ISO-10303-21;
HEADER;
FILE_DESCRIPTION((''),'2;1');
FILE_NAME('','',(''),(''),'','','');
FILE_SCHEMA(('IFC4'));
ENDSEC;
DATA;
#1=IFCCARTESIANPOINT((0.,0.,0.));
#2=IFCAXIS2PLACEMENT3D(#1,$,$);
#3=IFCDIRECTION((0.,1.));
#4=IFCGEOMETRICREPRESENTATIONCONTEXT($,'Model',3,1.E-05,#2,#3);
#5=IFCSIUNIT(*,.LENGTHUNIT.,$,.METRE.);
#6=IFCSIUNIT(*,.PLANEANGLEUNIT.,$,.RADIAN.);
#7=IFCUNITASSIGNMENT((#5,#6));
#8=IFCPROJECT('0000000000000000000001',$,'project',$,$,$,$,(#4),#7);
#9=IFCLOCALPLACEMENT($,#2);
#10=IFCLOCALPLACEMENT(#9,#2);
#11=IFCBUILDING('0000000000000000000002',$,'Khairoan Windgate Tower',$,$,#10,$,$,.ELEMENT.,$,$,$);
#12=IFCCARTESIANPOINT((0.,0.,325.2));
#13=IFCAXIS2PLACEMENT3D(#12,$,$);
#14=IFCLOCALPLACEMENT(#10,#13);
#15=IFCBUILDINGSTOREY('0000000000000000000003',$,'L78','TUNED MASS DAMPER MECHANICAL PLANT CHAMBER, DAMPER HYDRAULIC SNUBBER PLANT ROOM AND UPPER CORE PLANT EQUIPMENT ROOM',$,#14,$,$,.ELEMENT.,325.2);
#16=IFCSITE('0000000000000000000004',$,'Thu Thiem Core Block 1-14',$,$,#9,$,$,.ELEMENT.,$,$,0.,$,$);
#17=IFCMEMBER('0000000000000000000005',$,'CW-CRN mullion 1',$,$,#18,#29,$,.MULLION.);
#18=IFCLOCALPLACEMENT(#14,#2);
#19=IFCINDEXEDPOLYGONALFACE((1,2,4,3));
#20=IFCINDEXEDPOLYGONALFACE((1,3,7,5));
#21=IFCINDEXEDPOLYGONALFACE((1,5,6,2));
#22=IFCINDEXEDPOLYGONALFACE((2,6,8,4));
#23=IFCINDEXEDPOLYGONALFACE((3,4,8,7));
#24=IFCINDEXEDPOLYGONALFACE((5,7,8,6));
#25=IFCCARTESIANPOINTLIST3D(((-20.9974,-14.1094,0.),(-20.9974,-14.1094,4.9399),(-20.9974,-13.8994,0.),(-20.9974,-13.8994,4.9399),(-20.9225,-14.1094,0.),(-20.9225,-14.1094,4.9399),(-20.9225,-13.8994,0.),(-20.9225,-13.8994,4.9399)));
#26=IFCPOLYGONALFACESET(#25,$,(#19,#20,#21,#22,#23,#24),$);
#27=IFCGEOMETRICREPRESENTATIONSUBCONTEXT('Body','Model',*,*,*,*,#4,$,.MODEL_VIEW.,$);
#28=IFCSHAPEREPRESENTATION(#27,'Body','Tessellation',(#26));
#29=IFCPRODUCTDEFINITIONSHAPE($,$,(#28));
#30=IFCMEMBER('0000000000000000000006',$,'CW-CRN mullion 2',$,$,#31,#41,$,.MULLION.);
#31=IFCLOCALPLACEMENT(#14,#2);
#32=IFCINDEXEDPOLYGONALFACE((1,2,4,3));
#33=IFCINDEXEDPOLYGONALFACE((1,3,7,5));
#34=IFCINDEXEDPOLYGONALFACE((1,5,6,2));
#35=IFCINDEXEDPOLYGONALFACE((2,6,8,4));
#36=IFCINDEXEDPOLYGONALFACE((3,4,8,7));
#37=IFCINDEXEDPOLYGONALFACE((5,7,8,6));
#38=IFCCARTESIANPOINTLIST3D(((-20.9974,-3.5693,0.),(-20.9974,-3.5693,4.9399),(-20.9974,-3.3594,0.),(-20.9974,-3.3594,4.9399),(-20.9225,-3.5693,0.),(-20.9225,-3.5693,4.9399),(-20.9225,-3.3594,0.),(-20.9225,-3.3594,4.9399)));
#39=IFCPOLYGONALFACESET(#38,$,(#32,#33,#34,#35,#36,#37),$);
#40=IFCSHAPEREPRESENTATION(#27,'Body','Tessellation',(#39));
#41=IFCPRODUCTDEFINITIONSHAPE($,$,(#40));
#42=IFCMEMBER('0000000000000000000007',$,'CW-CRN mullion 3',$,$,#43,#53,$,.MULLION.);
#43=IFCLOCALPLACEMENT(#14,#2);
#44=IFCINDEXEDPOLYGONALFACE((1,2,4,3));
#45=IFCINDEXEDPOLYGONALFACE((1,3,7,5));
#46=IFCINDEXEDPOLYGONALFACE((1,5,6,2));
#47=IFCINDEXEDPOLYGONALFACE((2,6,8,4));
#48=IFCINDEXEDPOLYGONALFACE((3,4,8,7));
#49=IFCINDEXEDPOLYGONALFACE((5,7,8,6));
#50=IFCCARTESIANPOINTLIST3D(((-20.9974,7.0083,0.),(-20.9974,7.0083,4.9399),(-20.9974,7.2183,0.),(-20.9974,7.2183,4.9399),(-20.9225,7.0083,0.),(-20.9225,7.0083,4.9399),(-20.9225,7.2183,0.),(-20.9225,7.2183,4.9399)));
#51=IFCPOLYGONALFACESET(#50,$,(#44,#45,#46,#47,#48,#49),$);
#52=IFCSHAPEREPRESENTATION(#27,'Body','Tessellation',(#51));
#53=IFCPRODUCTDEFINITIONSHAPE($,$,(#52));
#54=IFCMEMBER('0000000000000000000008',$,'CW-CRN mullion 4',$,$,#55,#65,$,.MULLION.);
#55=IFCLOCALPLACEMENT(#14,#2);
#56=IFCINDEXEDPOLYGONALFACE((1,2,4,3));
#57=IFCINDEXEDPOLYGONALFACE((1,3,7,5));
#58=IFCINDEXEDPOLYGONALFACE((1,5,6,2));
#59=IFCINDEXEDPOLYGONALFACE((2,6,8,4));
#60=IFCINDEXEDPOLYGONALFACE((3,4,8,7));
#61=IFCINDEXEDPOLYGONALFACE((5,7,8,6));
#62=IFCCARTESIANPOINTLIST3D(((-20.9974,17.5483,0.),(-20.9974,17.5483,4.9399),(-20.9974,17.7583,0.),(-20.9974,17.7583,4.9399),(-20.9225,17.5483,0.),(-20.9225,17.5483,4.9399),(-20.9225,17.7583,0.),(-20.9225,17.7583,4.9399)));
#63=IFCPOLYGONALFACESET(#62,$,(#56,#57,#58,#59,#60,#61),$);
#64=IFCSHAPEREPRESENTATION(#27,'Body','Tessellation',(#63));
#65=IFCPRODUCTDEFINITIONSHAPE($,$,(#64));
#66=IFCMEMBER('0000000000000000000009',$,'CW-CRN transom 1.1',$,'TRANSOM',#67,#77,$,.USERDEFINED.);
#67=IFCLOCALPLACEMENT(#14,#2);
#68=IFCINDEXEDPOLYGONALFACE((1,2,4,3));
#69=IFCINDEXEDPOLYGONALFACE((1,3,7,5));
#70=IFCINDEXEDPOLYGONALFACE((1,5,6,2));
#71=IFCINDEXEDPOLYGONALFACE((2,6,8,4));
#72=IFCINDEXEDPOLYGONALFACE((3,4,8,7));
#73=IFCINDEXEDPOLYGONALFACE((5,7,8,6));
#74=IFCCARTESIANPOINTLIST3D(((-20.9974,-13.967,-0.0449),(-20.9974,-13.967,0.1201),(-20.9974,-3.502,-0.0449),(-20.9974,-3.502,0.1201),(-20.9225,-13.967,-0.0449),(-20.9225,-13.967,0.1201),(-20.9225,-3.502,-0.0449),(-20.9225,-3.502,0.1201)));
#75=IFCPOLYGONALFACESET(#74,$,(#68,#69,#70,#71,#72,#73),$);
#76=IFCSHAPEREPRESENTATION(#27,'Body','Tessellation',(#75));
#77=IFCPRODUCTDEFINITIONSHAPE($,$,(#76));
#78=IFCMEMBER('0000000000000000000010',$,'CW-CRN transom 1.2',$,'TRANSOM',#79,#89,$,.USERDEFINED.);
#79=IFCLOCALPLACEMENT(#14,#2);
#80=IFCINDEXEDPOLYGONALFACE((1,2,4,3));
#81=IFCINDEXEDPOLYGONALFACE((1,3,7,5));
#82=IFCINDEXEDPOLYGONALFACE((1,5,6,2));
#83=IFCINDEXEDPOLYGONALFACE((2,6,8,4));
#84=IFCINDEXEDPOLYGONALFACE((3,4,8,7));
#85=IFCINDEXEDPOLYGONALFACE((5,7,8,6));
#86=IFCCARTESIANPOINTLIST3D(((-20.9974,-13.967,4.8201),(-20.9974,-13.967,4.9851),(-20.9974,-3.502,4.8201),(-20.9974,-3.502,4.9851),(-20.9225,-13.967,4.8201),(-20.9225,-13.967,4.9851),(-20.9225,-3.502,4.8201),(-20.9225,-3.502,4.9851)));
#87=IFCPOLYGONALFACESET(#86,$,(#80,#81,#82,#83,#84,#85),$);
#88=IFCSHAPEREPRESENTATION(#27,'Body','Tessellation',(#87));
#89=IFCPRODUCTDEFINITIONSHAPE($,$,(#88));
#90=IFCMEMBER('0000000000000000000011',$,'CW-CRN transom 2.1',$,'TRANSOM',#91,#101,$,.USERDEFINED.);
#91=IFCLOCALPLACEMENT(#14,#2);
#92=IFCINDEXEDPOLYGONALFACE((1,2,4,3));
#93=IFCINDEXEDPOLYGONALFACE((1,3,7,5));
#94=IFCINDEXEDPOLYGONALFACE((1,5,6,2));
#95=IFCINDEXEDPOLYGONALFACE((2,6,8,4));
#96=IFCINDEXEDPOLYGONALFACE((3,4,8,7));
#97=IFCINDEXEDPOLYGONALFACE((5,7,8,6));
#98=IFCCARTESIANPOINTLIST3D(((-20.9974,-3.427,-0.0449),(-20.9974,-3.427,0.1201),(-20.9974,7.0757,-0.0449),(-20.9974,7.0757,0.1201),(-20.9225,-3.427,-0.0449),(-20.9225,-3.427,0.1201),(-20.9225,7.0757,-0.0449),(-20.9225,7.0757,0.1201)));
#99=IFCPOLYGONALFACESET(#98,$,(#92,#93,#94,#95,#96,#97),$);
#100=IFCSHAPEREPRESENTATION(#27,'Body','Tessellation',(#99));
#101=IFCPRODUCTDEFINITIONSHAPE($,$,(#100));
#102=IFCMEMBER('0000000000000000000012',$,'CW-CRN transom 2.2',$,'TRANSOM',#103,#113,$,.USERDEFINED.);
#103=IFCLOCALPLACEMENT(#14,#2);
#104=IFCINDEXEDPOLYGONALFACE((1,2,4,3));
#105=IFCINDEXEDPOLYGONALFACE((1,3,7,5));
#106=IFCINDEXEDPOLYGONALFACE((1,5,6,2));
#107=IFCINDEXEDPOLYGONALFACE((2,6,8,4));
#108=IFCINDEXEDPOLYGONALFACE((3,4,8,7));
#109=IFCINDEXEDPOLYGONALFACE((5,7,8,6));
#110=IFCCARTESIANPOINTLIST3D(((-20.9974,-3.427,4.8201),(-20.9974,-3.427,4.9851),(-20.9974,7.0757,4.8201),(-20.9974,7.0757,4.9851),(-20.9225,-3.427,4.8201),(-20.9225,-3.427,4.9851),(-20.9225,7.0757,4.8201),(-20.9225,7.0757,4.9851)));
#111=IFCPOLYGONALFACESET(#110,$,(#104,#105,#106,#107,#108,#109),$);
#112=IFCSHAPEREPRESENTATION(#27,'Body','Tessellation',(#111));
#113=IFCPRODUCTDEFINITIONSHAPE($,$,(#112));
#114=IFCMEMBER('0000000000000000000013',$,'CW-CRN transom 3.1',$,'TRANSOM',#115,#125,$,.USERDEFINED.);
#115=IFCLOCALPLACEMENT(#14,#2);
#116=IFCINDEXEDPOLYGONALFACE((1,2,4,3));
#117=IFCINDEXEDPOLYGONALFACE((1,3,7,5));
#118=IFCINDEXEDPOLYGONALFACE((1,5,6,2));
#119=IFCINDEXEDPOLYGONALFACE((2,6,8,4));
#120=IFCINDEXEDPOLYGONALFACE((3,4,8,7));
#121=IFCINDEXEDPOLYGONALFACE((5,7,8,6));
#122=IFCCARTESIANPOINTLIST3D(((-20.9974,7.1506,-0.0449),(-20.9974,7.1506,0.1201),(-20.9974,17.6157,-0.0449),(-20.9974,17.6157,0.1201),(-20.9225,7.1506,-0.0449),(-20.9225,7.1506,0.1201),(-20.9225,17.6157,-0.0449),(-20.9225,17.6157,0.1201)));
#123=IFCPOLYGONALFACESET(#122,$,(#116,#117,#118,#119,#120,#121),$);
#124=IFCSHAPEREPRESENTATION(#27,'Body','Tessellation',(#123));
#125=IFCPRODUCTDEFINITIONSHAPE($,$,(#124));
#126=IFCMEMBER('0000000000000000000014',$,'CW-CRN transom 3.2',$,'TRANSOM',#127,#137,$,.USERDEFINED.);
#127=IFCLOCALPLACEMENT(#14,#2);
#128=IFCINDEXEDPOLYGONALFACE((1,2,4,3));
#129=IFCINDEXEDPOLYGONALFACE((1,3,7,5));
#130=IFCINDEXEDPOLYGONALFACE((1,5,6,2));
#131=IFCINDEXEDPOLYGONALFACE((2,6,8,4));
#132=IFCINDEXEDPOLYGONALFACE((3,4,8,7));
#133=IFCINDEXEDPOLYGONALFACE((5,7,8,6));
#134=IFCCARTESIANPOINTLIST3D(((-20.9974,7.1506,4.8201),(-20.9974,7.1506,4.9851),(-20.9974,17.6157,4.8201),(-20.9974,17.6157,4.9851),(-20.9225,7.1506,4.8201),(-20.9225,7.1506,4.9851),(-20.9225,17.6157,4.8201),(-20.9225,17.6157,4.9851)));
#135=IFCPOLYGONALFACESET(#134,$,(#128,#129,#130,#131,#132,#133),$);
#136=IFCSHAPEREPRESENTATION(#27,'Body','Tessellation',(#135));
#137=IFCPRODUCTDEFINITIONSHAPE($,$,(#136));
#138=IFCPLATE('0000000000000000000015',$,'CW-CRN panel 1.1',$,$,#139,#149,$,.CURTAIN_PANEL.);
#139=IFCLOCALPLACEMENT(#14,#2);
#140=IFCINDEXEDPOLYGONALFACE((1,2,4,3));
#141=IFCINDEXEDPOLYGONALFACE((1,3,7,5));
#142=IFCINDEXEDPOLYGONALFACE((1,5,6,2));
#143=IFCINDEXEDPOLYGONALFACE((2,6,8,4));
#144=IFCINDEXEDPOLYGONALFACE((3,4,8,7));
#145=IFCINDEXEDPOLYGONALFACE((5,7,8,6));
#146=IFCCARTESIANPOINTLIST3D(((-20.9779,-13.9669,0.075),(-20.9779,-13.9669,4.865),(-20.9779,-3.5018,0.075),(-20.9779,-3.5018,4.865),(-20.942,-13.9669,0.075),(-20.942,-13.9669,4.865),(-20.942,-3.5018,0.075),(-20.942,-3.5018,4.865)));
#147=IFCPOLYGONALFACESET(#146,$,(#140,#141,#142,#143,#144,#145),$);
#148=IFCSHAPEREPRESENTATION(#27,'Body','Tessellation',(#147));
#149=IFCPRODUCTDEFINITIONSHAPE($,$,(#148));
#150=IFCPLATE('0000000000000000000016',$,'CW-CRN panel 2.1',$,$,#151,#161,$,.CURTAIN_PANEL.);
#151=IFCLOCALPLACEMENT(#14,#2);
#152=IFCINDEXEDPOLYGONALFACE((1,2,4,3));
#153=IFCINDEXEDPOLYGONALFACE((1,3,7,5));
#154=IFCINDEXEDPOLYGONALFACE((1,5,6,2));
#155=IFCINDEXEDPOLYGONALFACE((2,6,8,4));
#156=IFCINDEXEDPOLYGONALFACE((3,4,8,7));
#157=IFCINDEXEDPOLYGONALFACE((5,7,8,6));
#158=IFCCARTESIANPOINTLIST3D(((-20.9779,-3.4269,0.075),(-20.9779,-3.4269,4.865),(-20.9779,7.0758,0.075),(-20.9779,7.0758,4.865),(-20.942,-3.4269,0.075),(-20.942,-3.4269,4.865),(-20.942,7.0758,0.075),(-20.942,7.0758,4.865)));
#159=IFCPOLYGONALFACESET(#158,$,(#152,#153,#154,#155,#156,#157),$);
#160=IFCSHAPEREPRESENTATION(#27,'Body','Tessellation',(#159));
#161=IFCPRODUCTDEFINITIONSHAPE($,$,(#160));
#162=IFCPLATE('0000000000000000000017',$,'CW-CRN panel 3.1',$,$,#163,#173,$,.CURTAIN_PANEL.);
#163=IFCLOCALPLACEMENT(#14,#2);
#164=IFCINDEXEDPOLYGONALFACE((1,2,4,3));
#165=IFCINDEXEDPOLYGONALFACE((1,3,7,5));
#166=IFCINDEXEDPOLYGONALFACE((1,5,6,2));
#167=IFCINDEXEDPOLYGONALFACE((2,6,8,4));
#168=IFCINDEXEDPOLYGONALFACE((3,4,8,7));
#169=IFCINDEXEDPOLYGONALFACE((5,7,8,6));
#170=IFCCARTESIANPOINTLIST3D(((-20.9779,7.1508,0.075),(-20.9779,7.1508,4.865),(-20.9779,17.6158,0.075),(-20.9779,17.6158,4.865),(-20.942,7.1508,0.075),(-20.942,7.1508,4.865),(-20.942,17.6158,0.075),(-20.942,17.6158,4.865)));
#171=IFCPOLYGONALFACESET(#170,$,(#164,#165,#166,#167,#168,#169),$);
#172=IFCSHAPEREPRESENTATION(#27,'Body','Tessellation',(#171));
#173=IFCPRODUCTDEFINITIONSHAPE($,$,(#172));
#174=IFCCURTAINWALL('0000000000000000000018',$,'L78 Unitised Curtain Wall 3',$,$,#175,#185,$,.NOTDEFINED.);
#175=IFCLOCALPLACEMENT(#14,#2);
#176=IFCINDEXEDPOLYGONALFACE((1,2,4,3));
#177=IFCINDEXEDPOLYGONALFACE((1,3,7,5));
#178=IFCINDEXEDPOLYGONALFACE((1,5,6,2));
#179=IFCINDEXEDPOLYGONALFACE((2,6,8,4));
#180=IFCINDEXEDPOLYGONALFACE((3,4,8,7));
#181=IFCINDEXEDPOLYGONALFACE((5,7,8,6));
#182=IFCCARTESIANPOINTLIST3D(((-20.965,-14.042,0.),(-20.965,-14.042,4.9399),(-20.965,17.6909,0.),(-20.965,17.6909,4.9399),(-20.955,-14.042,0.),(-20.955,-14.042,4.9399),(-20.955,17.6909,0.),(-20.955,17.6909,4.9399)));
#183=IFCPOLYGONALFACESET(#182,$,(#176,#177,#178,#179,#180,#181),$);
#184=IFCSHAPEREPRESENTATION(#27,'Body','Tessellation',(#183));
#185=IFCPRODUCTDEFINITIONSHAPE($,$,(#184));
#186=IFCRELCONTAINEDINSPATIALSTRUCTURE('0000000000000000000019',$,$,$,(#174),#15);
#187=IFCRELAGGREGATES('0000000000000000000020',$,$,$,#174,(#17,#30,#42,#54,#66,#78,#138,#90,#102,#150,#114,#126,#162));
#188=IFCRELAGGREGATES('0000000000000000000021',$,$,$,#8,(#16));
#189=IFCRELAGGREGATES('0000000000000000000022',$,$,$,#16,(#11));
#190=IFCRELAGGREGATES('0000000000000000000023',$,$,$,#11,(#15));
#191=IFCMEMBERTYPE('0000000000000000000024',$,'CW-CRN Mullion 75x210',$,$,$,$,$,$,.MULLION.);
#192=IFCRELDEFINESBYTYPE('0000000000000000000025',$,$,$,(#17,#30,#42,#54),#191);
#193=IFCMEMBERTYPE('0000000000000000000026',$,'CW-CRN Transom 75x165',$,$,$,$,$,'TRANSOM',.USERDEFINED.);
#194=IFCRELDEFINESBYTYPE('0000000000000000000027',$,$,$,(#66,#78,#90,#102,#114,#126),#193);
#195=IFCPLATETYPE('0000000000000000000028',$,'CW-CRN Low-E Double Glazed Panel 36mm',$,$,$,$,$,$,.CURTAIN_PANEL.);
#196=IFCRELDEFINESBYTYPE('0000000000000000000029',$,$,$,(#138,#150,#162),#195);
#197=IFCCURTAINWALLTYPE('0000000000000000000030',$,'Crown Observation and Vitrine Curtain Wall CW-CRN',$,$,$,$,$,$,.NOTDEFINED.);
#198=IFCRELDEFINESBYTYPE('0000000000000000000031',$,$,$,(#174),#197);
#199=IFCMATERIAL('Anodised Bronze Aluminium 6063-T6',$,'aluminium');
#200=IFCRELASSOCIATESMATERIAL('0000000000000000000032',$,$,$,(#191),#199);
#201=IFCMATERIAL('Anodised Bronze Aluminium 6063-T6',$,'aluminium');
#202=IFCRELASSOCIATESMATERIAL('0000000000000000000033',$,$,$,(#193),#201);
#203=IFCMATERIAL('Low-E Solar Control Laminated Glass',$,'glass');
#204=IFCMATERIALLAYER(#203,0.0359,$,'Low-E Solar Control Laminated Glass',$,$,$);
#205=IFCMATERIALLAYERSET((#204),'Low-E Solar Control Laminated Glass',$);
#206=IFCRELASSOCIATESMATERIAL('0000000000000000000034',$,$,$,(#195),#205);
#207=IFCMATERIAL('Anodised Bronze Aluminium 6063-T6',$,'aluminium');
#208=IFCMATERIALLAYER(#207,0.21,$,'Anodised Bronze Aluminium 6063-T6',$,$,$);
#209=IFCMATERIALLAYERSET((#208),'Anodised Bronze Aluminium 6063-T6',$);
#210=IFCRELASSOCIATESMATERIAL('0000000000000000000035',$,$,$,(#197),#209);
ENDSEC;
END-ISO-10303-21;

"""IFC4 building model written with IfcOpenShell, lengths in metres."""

from ifc_helpers import new_model, si_unit, direction, frame, frame_2d, origin, origin_2d, place, context, subcontext, project, spatial, rectangle, extrude, material, layer, layer_set, material_profile, profile_set, type_object, element, aggregate, save


model = new_model("IFC4")

# Units and contexts
model_context = context("Model", 3, precision=1e-05, world=origin(), true_north=direction((0.0, 1.0)))
body_context = subcontext(model_context, "Body", "Model", "MODEL_VIEW")
ifc_project = project(units=[si_unit("LENGTHUNIT", "METRE"), si_unit("PLANEANGLEUNIT", "RADIAN")], contexts=[model_context])

# Site, building, storey
site_placement = place(None, origin())
site = spatial("IfcSite", under=ifc_project, at=site_placement, Name="Thu Thiem Core Block 1-14", CompositionType="ELEMENT", RefElevation=0.0)
building_placement = place(site_placement, origin())
building = spatial("IfcBuilding", under=site, at=building_placement, Name="Khairoan Windgate Tower", CompositionType="ELEMENT")
storey_placement = place(building_placement, frame((0.0, 0.0, 325.2)))
storey = spatial("IfcBuildingStorey", under=building, at=storey_placement, Name="L78", Description="TUNED MASS DAMPER MECHANICAL PLANT CHAMBER, DAMPER HYDRAULIC SNUBBER PLANT ROOM AND UPPER CORE PLANT EQUIPMENT ROOM", CompositionType="ELEMENT", Elevation=325.2)

# Members
ifc_material_1 = material(Name="Anodised Bronze Aluminium 6063-T6", Category="aluminium")
ifc_material_profile_1 = material_profile(ifc_material_1, rectangle(XDim=0.075, YDim=0.21, at=origin_2d()))
ifc_profile_set_1 = profile_set([ifc_material_profile_1], Name="Anodised Bronze Aluminium 6063-T6")
member_type_1 = type_object("IfcMemberType", Name="CW-CRN Mullion 75x210", PredefinedType="MULLION", material=ifc_profile_set_1)
member_1_placement = place(storey_placement, frame((-20.96, -14.0044, 0.0), z_axis=(0.0, 0.0, 1.0), x_axis=(-1.0, 0.0, 0.0)))
member_1 = element("IfcMember", 1, at=member_1_placement, type_object=member_type_1, Name="CW-CRN mullion 1", PredefinedType="MULLION", context=body_context, shape_type="SweptSolid", body=[
    extrude(rectangle(XDim=0.075, YDim=0.21, at=origin_2d()), origin(), (0.0, 0.0, 1.0), 4.9399),
])
member_2_placement = place(storey_placement, frame((-20.96, -3.4644, 0.0), z_axis=(0.0, 0.0, 1.0), x_axis=(-1.0, 0.0, 0.0)))
member_2 = element("IfcMember", 2, at=member_2_placement, type_object=member_type_1, Name="CW-CRN mullion 2", PredefinedType="MULLION", context=body_context, shape_type="SweptSolid", body=[
    extrude(rectangle(XDim=0.075, YDim=0.21, at=origin_2d()), origin(), (0.0, 0.0, 1.0), 4.9399),
])
member_3_placement = place(storey_placement, frame((-20.96, 7.1133, 0.0), z_axis=(0.0, 0.0, 1.0), x_axis=(-1.0, 0.0, 0.0)))
member_3 = element("IfcMember", 3, at=member_3_placement, type_object=member_type_1, Name="CW-CRN mullion 3", PredefinedType="MULLION", context=body_context, shape_type="SweptSolid", body=[
    extrude(rectangle(XDim=0.075, YDim=0.21, at=origin_2d()), origin(), (0.0, 0.0, 1.0), 4.9399),
])
member_4_placement = place(storey_placement, frame((-20.96, 17.6533, 0.0), z_axis=(0.0, 0.0, 1.0), x_axis=(-1.0, 0.0, 0.0)))
member_4 = element("IfcMember", 4, at=member_4_placement, type_object=member_type_1, Name="CW-CRN mullion 4", PredefinedType="MULLION", context=body_context, shape_type="SweptSolid", body=[
    extrude(rectangle(XDim=0.075, YDim=0.21, at=origin_2d()), origin(), (0.0, 0.0, 1.0), 4.9399),
])
ifc_material_2 = material(Name="Anodised Bronze Aluminium 6063-T6", Category="aluminium")
ifc_material_profile_2 = material_profile(ifc_material_2, rectangle(XDim=0.075, YDim=0.165, at=origin_2d()))
ifc_profile_set_2 = profile_set([ifc_material_profile_2], Name="Anodised Bronze Aluminium 6063-T6")
member_type_2 = type_object("IfcMemberType", Name="CW-CRN Transom 75x165", ElementType="TRANSOM", PredefinedType="USERDEFINED", material=ifc_profile_set_2)
member_5_placement = place(storey_placement, frame((-20.96, -13.967, 0.0376), z_axis=(0.0, 1.0, 0.0), x_axis=(-1.0, 0.0, 0.0)))
member_5 = element("IfcMember", 5, at=member_5_placement, type_object=member_type_2, Name="CW-CRN transom 1.1", ObjectType="TRANSOM", PredefinedType="USERDEFINED", context=body_context, shape_type="SweptSolid", body=[
    extrude(rectangle(XDim=0.075, YDim=0.165, at=origin_2d()), origin(), (0.0, 0.0, 1.0), 10.4651),
])
member_6_placement = place(storey_placement, frame((-20.96, -13.967, 4.9026), z_axis=(0.0, 1.0, 0.0), x_axis=(-1.0, 0.0, 0.0)))
member_6 = element("IfcMember", 6, at=member_6_placement, type_object=member_type_2, Name="CW-CRN transom 1.2", ObjectType="TRANSOM", PredefinedType="USERDEFINED", context=body_context, shape_type="SweptSolid", body=[
    extrude(rectangle(XDim=0.075, YDim=0.165, at=origin_2d()), origin(), (0.0, 0.0, 1.0), 10.4651),
])
member_7_placement = place(storey_placement, frame((-20.96, -3.427, 0.0376), z_axis=(0.0, 1.0, 0.0), x_axis=(-1.0, 0.0, 0.0)))
member_7 = element("IfcMember", 7, at=member_7_placement, type_object=member_type_2, Name="CW-CRN transom 2.1", ObjectType="TRANSOM", PredefinedType="USERDEFINED", context=body_context, shape_type="SweptSolid", body=[
    extrude(rectangle(XDim=0.075, YDim=0.165, at=origin_2d()), origin(), (0.0, 0.0, 1.0), 10.5027),
])
member_8_placement = place(storey_placement, frame((-20.96, -3.427, 4.9026), z_axis=(0.0, 1.0, 0.0), x_axis=(-1.0, 0.0, 0.0)))
member_8 = element("IfcMember", 8, at=member_8_placement, type_object=member_type_2, Name="CW-CRN transom 2.2", ObjectType="TRANSOM", PredefinedType="USERDEFINED", context=body_context, shape_type="SweptSolid", body=[
    extrude(rectangle(XDim=0.075, YDim=0.165, at=origin_2d()), origin(), (0.0, 0.0, 1.0), 10.5027),
])
member_9_placement = place(storey_placement, frame((-20.96, 7.1506, 0.0376), z_axis=(0.0, 1.0, 0.0), x_axis=(-1.0, 0.0, 0.0)))
member_9 = element("IfcMember", 9, at=member_9_placement, type_object=member_type_2, Name="CW-CRN transom 3.1", ObjectType="TRANSOM", PredefinedType="USERDEFINED", context=body_context, shape_type="SweptSolid", body=[
    extrude(rectangle(XDim=0.075, YDim=0.165, at=origin_2d()), origin(), (0.0, 0.0, 1.0), 10.4651),
])
member_10_placement = place(storey_placement, frame((-20.96, 7.1506, 4.9026), z_axis=(0.0, 1.0, 0.0), x_axis=(-1.0, 0.0, 0.0)))
member_10 = element("IfcMember", 10, at=member_10_placement, type_object=member_type_2, Name="CW-CRN transom 3.2", ObjectType="TRANSOM", PredefinedType="USERDEFINED", context=body_context, shape_type="SweptSolid", body=[
    extrude(rectangle(XDim=0.075, YDim=0.165, at=origin_2d()), origin(), (0.0, 0.0, 1.0), 10.4651),
])

# Plates
ifc_material_3 = material(Name="Low-E Solar Control Laminated Glass", Category="glass")
ifc_layer_1 = layer(ifc_material_3, 0.0359, Name="Low-E Solar Control Laminated Glass")
ifc_layer_set_1 = layer_set([ifc_layer_1], Name="Low-E Solar Control Laminated Glass")
plate_type_1 = type_object("IfcPlateType", Name="CW-CRN Low-E Double Glazed Panel 36mm", PredefinedType="CURTAIN_PANEL", material=ifc_layer_set_1)
plate_1_placement = place(storey_placement, frame((-20.96, -8.7344, 0.075), z_axis=(0.0, 0.0, 1.0), x_axis=(0.0, 1.0, 0.0)))
plate_1 = element("IfcPlate", 11, at=plate_1_placement, type_object=plate_type_1, Name="CW-CRN panel 1.1", PredefinedType="CURTAIN_PANEL", context=body_context, shape_type="SweptSolid", body=[
    extrude(rectangle(XDim=10.4651, YDim=0.0359, at=origin_2d()), origin(), (0.0, 0.0, 1.0), 4.79),
])
plate_2_placement = place(storey_placement, frame((-20.96, 1.8245, 0.075), z_axis=(0.0, 0.0, 1.0), x_axis=(0.0, 1.0, 0.0)))
plate_2 = element("IfcPlate", 12, at=plate_2_placement, type_object=plate_type_1, Name="CW-CRN panel 2.1", PredefinedType="CURTAIN_PANEL", context=body_context, shape_type="SweptSolid", body=[
    extrude(rectangle(XDim=10.5027, YDim=0.0359, at=origin_2d()), origin(), (0.0, 0.0, 1.0), 4.79),
])
plate_3_placement = place(storey_placement, frame((-20.96, 12.3833, 0.075), z_axis=(0.0, 0.0, 1.0), x_axis=(0.0, 1.0, 0.0)))
plate_3 = element("IfcPlate", 13, at=plate_3_placement, type_object=plate_type_1, Name="CW-CRN panel 3.1", PredefinedType="CURTAIN_PANEL", context=body_context, shape_type="SweptSolid", body=[
    extrude(rectangle(XDim=10.4651, YDim=0.0359, at=origin_2d()), origin(), (0.0, 0.0, 1.0), 4.79),
])

# Curtain wall
ifc_material_4 = material(Name="Anodised Bronze Aluminium 6063-T6", Category="aluminium")
ifc_layer_2 = layer(ifc_material_4, 0.21, Name="Anodised Bronze Aluminium 6063-T6")
ifc_layer_set_2 = layer_set([ifc_layer_2], Name="Anodised Bronze Aluminium 6063-T6")
curtain_wall_type_1 = type_object("IfcCurtainWallType", Name="Crown Observation and Vitrine Curtain Wall CW-CRN", PredefinedType="NOTDEFINED", material=ifc_layer_set_2)
curtain_wall_1_placement = place(storey_placement, frame((-20.96, -14.042, 0.0), z_axis=(0.0, 0.0, 1.0), x_axis=(0.0, 1.0, 0.0)))
curtain_wall_1 = element("IfcCurtainWall", 14, at=curtain_wall_1_placement, inside=storey, type_object=curtain_wall_type_1, Name="L78 Unitised Curtain Wall 3", PredefinedType="NOTDEFINED", context=body_context, shape_type="SweptSolid", body=[
    extrude(rectangle(XDim=31.7329, YDim=0.01, at=frame_2d((15.8665, 0.0))), origin(), (0.0, 0.0, 1.0), 4.9399),
])
aggregate(curtain_wall_1, [member_1, member_2, member_3, member_4, member_5, member_6, plate_1, member_7, member_8, plate_2, member_9, member_10, plate_3])

save(model, "model.ifc")
